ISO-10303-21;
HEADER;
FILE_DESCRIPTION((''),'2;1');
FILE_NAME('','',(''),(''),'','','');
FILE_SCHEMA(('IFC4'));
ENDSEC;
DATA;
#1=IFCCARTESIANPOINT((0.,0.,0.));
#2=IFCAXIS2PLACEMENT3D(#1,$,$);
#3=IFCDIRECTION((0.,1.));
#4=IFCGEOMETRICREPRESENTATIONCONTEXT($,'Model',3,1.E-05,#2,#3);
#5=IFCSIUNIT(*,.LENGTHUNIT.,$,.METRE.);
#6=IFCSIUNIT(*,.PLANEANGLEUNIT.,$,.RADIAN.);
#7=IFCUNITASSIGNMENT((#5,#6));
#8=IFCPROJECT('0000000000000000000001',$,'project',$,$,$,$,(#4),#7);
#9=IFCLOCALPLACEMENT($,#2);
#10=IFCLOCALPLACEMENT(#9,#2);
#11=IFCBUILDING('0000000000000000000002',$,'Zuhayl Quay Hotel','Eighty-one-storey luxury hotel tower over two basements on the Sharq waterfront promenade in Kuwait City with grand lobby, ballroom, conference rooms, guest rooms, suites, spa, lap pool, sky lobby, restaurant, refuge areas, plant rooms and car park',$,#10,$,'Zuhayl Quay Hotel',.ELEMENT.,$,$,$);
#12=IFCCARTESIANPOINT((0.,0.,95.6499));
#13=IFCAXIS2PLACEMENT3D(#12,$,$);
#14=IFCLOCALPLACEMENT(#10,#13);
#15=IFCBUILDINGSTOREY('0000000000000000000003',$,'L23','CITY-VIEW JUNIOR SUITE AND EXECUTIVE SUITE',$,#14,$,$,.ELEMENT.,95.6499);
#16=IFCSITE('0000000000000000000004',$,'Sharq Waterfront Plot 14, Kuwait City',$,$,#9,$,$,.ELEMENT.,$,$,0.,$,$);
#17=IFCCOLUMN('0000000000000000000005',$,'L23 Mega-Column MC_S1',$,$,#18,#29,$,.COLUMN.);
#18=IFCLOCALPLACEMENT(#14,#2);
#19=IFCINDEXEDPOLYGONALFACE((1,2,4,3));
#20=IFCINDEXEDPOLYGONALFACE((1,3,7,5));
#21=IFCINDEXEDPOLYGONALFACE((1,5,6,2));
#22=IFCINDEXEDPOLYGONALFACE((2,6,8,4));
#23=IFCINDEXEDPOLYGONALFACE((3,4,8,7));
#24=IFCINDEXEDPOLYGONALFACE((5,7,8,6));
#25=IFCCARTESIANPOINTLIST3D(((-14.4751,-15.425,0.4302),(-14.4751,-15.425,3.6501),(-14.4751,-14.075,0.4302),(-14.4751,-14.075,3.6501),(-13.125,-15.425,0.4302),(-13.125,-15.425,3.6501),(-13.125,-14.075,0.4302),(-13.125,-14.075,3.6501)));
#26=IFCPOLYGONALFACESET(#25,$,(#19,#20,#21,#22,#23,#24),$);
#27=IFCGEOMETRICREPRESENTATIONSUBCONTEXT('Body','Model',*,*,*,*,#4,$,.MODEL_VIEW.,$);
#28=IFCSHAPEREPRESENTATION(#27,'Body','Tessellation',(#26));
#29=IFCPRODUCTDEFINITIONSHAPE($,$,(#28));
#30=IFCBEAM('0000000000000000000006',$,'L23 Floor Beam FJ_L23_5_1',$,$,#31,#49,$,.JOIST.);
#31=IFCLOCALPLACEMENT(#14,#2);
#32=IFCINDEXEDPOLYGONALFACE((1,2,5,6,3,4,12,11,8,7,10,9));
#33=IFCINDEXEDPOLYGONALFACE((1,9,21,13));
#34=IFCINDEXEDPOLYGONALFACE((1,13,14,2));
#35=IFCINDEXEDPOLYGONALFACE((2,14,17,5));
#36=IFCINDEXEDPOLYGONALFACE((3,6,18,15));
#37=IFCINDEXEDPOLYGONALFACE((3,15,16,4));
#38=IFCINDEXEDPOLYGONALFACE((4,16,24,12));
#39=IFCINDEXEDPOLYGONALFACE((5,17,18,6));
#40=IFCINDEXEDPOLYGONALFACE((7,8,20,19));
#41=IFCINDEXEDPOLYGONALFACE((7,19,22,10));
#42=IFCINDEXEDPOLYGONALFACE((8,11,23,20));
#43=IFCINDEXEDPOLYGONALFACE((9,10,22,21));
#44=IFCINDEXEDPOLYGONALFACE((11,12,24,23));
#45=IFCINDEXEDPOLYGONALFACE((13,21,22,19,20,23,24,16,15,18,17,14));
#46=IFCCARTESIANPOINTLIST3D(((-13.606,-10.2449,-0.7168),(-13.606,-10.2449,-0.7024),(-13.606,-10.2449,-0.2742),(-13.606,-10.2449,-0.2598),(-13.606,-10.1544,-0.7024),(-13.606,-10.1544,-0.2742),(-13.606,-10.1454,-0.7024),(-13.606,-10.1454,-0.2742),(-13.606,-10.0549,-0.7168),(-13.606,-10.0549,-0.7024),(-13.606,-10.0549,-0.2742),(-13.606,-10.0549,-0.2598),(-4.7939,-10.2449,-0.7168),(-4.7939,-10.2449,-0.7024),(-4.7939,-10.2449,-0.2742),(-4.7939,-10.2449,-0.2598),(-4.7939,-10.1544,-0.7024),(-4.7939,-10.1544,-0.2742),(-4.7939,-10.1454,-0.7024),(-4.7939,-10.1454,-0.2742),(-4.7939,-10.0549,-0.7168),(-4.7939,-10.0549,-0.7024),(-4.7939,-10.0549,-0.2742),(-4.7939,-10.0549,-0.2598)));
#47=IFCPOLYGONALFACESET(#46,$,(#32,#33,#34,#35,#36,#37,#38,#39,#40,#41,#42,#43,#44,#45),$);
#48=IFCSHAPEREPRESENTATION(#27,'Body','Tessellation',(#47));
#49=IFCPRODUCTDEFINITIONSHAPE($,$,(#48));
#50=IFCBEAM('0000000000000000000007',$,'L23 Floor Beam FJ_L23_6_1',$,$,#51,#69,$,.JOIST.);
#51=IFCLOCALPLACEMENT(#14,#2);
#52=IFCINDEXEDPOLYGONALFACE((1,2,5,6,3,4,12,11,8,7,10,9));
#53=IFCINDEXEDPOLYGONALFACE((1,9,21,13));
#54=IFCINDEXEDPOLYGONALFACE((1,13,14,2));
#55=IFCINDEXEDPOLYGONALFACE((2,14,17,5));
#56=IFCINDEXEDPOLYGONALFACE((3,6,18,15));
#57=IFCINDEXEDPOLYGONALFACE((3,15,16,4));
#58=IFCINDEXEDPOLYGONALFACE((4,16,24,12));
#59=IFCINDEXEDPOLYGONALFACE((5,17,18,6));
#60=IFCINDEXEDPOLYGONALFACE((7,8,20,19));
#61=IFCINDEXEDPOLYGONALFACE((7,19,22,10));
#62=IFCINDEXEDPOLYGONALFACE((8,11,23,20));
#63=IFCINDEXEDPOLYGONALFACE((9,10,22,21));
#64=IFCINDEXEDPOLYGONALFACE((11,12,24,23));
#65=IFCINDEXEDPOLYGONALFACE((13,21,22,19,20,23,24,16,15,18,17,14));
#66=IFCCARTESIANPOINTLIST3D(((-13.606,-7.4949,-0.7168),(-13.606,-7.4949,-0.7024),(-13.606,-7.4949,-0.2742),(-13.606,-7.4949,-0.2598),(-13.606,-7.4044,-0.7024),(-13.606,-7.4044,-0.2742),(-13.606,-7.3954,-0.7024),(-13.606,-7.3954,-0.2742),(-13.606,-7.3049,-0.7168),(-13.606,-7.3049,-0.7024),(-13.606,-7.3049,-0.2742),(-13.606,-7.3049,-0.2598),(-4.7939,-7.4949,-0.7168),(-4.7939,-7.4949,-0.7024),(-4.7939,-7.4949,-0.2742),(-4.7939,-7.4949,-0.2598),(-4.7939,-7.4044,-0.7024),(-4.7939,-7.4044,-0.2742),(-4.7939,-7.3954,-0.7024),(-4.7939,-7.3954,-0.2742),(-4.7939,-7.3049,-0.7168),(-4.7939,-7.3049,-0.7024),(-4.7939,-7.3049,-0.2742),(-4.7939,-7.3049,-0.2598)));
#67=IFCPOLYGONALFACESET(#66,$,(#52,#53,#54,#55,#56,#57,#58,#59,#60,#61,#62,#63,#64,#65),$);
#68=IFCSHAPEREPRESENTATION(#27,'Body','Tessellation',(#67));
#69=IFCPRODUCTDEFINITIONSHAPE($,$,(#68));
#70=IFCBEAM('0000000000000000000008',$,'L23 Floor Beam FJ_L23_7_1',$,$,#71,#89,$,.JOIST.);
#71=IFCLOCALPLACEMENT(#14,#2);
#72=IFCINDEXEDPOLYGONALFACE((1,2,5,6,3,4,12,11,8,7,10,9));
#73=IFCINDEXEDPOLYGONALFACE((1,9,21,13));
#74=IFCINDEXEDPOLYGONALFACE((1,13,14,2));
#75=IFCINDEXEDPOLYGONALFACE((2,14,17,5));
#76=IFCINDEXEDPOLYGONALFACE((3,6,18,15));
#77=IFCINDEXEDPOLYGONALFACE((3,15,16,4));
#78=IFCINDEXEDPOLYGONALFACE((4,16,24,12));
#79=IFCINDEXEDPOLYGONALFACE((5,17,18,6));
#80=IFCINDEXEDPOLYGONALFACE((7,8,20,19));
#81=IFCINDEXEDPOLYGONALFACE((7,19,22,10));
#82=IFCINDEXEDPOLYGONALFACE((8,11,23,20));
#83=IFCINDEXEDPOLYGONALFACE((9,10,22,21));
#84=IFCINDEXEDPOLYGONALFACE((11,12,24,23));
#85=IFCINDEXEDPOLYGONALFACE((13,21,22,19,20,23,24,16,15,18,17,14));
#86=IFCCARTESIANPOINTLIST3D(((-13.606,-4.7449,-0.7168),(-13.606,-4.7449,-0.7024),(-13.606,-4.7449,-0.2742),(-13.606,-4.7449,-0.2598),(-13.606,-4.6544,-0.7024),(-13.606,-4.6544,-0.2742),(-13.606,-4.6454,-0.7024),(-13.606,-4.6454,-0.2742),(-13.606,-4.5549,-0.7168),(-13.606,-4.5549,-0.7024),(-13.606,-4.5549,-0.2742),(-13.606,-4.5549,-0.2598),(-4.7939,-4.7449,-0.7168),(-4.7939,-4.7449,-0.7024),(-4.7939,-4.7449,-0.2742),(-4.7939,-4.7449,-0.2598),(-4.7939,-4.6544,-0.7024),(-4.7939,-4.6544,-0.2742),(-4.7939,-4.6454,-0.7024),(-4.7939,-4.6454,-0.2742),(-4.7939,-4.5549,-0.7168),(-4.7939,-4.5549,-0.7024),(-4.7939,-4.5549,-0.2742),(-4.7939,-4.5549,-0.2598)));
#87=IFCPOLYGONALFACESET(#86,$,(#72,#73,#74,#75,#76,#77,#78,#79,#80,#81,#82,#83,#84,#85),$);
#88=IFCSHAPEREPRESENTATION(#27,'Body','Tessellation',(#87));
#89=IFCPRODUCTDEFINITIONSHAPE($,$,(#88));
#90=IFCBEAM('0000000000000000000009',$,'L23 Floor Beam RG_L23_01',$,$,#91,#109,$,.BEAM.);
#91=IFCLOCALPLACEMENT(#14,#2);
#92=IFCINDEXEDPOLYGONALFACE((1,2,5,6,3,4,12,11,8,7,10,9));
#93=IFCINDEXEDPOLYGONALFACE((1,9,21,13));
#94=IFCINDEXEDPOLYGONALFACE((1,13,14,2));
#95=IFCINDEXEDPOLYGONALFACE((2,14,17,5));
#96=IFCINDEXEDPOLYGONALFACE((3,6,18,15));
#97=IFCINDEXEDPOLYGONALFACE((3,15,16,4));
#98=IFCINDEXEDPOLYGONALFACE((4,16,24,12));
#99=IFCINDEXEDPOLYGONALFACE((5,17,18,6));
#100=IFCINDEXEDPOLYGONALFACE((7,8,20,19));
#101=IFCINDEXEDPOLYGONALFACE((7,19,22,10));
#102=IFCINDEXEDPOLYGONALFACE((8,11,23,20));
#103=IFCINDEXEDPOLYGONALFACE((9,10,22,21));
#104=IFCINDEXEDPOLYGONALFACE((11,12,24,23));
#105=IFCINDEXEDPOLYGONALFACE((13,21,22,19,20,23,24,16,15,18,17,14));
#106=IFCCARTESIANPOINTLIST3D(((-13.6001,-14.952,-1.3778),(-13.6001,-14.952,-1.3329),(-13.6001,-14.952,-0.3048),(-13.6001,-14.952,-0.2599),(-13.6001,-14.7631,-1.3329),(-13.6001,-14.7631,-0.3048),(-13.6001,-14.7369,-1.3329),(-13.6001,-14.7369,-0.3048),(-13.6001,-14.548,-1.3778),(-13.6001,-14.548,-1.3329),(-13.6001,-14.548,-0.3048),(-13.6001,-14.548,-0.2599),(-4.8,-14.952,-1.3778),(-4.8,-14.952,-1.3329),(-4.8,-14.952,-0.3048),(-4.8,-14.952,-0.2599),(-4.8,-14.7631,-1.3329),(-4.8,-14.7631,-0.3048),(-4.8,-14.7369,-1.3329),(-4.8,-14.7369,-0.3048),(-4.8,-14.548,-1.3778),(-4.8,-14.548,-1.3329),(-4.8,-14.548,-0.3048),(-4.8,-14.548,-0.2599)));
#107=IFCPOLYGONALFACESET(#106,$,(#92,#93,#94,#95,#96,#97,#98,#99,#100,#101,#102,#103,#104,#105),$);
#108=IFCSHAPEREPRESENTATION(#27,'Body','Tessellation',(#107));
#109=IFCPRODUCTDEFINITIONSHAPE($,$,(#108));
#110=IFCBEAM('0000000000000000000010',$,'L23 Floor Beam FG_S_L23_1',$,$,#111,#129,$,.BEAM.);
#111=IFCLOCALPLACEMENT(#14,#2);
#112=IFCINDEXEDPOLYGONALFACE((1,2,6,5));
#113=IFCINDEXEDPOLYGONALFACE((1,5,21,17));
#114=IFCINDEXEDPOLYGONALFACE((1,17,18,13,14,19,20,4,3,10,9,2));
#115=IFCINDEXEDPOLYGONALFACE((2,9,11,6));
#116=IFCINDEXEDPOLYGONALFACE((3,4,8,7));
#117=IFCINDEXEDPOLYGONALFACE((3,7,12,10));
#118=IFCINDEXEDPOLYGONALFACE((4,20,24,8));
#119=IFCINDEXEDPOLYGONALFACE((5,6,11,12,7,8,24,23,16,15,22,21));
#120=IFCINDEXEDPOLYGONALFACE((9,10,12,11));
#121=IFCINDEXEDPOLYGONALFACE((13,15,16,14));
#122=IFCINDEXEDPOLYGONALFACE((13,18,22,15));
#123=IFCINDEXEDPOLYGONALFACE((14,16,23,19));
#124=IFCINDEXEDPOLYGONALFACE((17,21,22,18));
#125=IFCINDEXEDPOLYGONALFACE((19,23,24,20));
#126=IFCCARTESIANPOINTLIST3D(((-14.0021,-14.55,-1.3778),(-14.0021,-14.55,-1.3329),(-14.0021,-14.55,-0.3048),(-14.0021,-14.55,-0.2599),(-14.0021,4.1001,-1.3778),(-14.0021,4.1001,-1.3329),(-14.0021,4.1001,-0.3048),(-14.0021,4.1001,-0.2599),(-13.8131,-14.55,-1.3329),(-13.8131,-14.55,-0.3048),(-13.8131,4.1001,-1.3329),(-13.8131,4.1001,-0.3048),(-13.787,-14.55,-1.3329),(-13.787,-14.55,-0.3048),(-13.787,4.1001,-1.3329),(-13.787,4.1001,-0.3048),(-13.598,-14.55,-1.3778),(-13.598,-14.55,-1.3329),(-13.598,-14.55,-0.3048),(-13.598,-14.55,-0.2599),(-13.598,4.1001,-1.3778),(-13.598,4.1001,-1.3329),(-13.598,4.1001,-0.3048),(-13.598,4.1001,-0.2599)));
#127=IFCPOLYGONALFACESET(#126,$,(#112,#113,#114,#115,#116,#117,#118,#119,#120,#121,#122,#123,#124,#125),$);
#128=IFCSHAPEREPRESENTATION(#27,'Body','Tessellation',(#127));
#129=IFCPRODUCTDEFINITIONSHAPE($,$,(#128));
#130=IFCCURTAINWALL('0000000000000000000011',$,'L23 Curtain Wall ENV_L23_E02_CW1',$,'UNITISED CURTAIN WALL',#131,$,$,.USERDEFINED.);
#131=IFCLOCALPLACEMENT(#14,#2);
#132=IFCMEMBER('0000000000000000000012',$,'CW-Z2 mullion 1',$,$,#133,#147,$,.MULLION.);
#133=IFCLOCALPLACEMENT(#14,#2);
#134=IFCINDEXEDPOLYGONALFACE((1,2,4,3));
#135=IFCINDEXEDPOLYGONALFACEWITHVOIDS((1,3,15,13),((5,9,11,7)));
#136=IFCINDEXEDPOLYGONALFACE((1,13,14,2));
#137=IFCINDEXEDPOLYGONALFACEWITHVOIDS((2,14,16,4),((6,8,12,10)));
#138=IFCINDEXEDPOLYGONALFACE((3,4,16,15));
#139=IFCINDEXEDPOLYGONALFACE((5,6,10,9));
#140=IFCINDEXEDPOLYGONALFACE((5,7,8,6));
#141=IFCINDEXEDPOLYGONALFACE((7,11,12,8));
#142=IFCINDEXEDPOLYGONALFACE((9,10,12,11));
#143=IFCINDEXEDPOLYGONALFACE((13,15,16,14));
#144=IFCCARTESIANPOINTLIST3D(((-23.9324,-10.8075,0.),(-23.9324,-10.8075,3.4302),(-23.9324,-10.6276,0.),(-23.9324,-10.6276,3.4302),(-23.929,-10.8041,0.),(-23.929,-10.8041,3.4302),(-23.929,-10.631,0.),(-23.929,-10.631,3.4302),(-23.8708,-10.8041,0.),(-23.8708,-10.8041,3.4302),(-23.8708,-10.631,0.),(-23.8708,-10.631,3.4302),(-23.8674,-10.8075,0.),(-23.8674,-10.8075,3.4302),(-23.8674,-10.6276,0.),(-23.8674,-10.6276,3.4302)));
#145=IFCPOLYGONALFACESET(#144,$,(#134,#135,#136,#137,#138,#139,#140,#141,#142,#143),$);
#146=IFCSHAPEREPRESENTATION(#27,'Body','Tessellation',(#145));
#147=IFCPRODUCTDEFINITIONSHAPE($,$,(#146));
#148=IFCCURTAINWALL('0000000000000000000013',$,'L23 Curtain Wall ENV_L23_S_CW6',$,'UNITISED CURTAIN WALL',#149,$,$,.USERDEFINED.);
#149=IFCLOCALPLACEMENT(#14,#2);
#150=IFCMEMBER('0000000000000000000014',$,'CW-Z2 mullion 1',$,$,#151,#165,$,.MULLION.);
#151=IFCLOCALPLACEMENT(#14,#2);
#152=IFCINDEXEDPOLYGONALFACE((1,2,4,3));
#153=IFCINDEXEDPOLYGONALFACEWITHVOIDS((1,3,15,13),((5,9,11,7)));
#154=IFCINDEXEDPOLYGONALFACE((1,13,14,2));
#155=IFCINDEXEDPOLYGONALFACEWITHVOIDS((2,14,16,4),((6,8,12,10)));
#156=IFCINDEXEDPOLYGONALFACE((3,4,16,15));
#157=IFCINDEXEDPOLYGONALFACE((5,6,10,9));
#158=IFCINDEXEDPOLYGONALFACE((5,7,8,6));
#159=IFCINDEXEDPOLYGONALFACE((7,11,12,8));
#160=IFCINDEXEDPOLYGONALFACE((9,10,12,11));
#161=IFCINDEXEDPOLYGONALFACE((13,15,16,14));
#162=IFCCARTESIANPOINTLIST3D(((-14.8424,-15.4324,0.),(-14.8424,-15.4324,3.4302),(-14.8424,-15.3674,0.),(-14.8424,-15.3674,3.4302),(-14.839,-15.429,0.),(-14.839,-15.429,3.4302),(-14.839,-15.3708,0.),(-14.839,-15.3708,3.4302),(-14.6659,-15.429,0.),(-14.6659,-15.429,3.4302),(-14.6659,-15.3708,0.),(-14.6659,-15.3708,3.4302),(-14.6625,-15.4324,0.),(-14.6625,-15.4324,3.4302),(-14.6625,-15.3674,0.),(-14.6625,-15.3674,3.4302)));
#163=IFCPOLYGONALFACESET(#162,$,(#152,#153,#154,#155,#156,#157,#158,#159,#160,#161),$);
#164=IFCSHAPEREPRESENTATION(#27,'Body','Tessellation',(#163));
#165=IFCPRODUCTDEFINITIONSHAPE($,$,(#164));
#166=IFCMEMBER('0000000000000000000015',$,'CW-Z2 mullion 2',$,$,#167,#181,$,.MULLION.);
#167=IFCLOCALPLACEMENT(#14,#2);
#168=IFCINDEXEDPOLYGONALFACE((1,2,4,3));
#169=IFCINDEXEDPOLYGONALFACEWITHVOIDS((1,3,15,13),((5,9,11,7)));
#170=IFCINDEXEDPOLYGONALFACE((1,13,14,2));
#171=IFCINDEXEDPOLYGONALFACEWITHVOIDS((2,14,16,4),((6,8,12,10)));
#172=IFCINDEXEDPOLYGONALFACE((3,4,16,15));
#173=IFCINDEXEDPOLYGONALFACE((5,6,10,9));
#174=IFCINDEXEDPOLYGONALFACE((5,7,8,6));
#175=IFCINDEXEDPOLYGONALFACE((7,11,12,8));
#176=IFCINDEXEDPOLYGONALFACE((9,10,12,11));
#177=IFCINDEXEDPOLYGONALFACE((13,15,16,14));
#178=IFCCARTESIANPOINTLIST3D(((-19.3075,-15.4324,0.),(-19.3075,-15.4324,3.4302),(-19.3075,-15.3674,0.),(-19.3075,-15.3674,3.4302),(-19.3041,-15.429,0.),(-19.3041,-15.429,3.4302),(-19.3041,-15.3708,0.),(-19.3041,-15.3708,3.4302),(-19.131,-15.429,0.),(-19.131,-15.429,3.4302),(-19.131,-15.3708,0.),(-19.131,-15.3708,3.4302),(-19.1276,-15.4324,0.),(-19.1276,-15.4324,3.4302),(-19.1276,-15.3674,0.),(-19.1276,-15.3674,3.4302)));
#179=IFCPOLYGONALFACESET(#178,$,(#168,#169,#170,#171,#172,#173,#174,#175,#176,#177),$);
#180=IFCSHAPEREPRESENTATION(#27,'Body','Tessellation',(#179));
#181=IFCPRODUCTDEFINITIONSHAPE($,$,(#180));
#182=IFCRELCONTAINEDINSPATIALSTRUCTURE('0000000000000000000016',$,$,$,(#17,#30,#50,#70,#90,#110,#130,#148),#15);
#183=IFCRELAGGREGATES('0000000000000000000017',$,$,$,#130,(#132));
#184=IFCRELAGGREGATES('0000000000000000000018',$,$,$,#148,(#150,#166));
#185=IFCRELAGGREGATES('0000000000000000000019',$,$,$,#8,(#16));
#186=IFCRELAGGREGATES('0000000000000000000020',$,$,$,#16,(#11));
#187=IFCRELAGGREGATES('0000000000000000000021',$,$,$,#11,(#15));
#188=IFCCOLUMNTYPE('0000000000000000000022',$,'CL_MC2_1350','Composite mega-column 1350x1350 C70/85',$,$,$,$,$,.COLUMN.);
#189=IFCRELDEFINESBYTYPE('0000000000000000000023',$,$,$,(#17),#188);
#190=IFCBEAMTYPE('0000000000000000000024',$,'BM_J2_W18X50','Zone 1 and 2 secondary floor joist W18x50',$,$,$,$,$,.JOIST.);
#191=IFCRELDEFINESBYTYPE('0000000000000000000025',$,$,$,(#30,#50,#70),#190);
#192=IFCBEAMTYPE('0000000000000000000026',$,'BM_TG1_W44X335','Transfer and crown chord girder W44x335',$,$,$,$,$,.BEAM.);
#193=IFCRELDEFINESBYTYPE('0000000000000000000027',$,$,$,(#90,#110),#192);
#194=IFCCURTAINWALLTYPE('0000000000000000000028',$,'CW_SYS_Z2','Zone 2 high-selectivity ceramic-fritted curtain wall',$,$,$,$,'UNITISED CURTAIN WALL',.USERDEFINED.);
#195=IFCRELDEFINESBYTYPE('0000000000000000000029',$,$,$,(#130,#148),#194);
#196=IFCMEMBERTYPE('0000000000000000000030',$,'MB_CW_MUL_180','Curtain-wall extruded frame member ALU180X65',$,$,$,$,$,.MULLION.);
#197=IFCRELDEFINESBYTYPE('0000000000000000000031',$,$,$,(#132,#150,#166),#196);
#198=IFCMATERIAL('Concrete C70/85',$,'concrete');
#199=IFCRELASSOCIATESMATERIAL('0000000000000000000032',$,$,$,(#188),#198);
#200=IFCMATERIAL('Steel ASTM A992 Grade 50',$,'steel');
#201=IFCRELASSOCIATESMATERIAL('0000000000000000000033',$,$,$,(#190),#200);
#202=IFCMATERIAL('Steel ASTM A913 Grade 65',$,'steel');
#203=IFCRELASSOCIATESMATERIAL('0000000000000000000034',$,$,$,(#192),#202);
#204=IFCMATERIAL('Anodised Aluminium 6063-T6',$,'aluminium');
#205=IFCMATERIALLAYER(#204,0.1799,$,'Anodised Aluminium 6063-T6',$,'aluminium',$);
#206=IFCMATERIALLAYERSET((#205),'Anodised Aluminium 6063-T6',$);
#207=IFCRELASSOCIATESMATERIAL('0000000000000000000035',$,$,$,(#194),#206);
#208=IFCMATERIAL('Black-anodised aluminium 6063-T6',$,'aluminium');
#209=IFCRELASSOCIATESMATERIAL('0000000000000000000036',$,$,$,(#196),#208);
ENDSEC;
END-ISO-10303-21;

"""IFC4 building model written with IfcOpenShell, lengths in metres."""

from ifc_helpers import new_model, si_unit, direction, frame, origin, origin_2d, place, context, subcontext, project, spatial, rectangle, hollow_rectangle, i_section, extrude, material, layer, layer_set, material_profile, profile_set, type_object, element, aggregate, save


model = new_model("IFC4")

# Units and contexts
model_context = context("Model", 3, precision=1e-05, world=origin(), true_north=direction((0.0, 1.0)))
body_context = subcontext(model_context, "Body", "Model", "MODEL_VIEW")
ifc_project = project(units=[si_unit("LENGTHUNIT", "METRE"), si_unit("PLANEANGLEUNIT", "RADIAN")], contexts=[model_context])

# Site, building, storey
site_placement = place(None, origin())
site = spatial("IfcSite", under=ifc_project, at=site_placement, Name="Sharq Waterfront Plot 14, Kuwait City", CompositionType="ELEMENT", RefElevation=0.0)
building_placement = place(site_placement, origin())
building = spatial("IfcBuilding", under=site, at=building_placement, Name="Zuhayl Quay Hotel", Description="Eighty-one-storey luxury hotel tower over two basements on the Sharq waterfront promenade in Kuwait City with grand lobby, ballroom, conference rooms, guest rooms, suites, spa, lap pool, sky lobby, restaurant, refuge areas, plant rooms and car park", LongName="Zuhayl Quay Hotel", CompositionType="ELEMENT")
storey_placement = place(building_placement, frame((0.0, 0.0, 95.6499)))
storey = spatial("IfcBuildingStorey", under=building, at=storey_placement, Name="L23", Description="CITY-VIEW JUNIOR SUITE AND EXECUTIVE SUITE", CompositionType="ELEMENT", Elevation=95.6499)

# Column
ifc_material_1 = material(Name="Concrete C70/85", Category="concrete")
ifc_material_profile_1 = material_profile(ifc_material_1, rectangle(XDim=1.3501, YDim=1.3501, at=origin_2d()), Name="RC1350X1350")
ifc_profile_set_1 = profile_set([ifc_material_profile_1], Name="Concrete C70/85")
column_type = type_object("IfcColumnType", Name="CL_MC2_1350", Description="Composite mega-column 1350x1350 C70/85", PredefinedType="COLUMN", material=ifc_profile_set_1)
column_placement = place(storey_placement, frame((-13.8, -14.75, 0.4302), z_axis=(0.0, 0.0, 1.0), x_axis=(1.0, 0.0, 0.0)))
element("IfcColumn", 1, at=column_placement, inside=storey, type_object=column_type, Name="L23 Mega-Column MC_S1", PredefinedType="COLUMN", context=body_context, shape_type="SweptSolid", body=[
    extrude(rectangle(XDim=1.3501, YDim=1.3501, at=origin_2d()), origin(), (0.0, 0.0, 1.0), 3.22),
])

# Beams
ifc_material_2 = material(Name="Steel ASTM A992 Grade 50", Category="steel")
ifc_material_profile_2 = material_profile(ifc_material_2, i_section(OverallWidth=0.1899, OverallDepth=0.457, WebThickness=0.009, FlangeThickness=0.0144, at=origin_2d()), Name="W18X50")
ifc_profile_set_2 = profile_set([ifc_material_profile_2], Name="Steel ASTM A992 Grade 50")
beam_type_1 = type_object("IfcBeamType", Name="BM_J2_W18X50", Description="Zone 1 and 2 secondary floor joist W18x50", PredefinedType="JOIST", material=ifc_profile_set_2)
for number, where, z_axis, x_axis, name in (
    (2, (-13.606, -10.1499, -0.4883), (1.0, 0.0, 0.0), (0.0, 1.0, 0.0), "L23 Floor Beam FJ_L23_5_1"),
    (3, (-13.606, -7.3999, -0.4883), (1.0, 0.0, 0.0), (0.0, 1.0, 0.0), "L23 Floor Beam FJ_L23_6_1"),
    (4, (-13.606, -4.6499, -0.4883), (1.0, 0.0, 0.0), (0.0, 1.0, 0.0), "L23 Floor Beam FJ_L23_7_1"),
):
    element("IfcBeam", number, at=place(storey_placement, frame(where, z_axis=z_axis, x_axis=x_axis)), inside=storey, type_object=beam_type_1, Name=name, PredefinedType="JOIST", context=body_context, shape_type="SweptSolid", body=[
        extrude(i_section(OverallWidth=0.1899, OverallDepth=0.457, WebThickness=0.009, FlangeThickness=0.0144, at=origin_2d()), origin(), (0.0, 0.0, 1.0), 8.812),
    ])
ifc_material_3 = material(Name="Steel ASTM A913 Grade 65", Category="steel")
ifc_material_profile_3 = material_profile(ifc_material_3, i_section(OverallWidth=0.4041, OverallDepth=1.1179, WebThickness=0.0261, FlangeThickness=0.0449, at=origin_2d()), Name="W44X335")
ifc_profile_set_3 = profile_set([ifc_material_profile_3], Name="Steel ASTM A913 Grade 65")
beam_type_2 = type_object("IfcBeamType", Name="BM_TG1_W44X335", Description="Transfer and crown chord girder W44x335", PredefinedType="BEAM", material=ifc_profile_set_3)
beam_1_placement = place(storey_placement, frame((-13.6001, -14.75, -0.8188), z_axis=(1.0, 0.0, 0.0), x_axis=(0.0, 1.0, 0.0)))
element("IfcBeam", 5, at=beam_1_placement, inside=storey, type_object=beam_type_2, Name="L23 Floor Beam RG_L23_01", PredefinedType="BEAM", context=body_context, shape_type="SweptSolid", body=[
    extrude(i_section(OverallWidth=0.4041, OverallDepth=1.1179, WebThickness=0.0261, FlangeThickness=0.0449, at=origin_2d()), origin(), (0.0, 0.0, 1.0), 8.8),
])
beam_2_placement = place(storey_placement, frame((-13.8, -14.55, -0.8188), z_axis=(0.0, 1.0, 0.0), x_axis=(-1.0, 0.0, 0.0)))
element("IfcBeam", 6, at=beam_2_placement, inside=storey, type_object=beam_type_2, Name="L23 Floor Beam FG_S_L23_1", PredefinedType="BEAM", context=body_context, shape_type="SweptSolid", body=[
    extrude(i_section(OverallWidth=0.4041, OverallDepth=1.1179, WebThickness=0.0261, FlangeThickness=0.0449, at=origin_2d()), origin(), (0.0, 0.0, 1.0), 18.6501),
])

# Curtain wall, member
ifc_material_4 = material(Name="Anodised Aluminium 6063-T6", Category="aluminium")
ifc_layer_1 = layer(ifc_material_4, 0.1799, Name="Anodised Aluminium 6063-T6", Category="aluminium")
ifc_layer_set_1 = layer_set([ifc_layer_1], Name="Anodised Aluminium 6063-T6")
curtain_wall_type = type_object("IfcCurtainWallType", Name="CW_SYS_Z2", Description="Zone 2 high-selectivity ceramic-fritted curtain wall", ElementType="UNITISED CURTAIN WALL", PredefinedType="USERDEFINED", material=ifc_layer_set_1)
curtain_wall_1_placement = place(storey_placement, origin())
curtain_wall_1 = element("IfcCurtainWall", 7, at=curtain_wall_1_placement, inside=storey, type_object=curtain_wall_type, Name="L23 Curtain Wall ENV_L23_E02_CW1", ObjectType="UNITISED CURTAIN WALL", PredefinedType="USERDEFINED")
ifc_material_5 = material(Name="Black-anodised aluminium 6063-T6", Category="aluminium")
ifc_material_profile_4 = material_profile(ifc_material_5, hollow_rectangle(XDim=0.0649, YDim=0.1799, WallThickness=0.0034, at=origin_2d()), Name="ALU180X65")
ifc_profile_set_4 = profile_set([ifc_material_profile_4], Name="Black-anodised aluminium 6063-T6")
member_type_1 = type_object("IfcMemberType", Name="MB_CW_MUL_180", Description="Curtain-wall extruded frame member ALU180X65", PredefinedType="MULLION", material=ifc_profile_set_4)
member_1_placement = place(storey_placement, frame((-23.8999, -10.7175, 0.0), z_axis=(0.0, 0.0, 1.0), x_axis=(-1.0, 0.0, 0.0)))
member_1 = element("IfcMember", 8, at=member_1_placement, type_object=member_type_1, Name="CW-Z2 mullion 1", PredefinedType="MULLION", context=body_context, shape_type="SweptSolid", body=[
    extrude(hollow_rectangle(XDim=0.0649, YDim=0.1799, WallThickness=0.0034, at=origin_2d()), origin(), (0.0, 0.0, 1.0), 3.4302),
])

# Curtain wall, members
curtain_wall_2_placement = place(storey_placement, origin())
curtain_wall_2 = element("IfcCurtainWall", 9, at=curtain_wall_2_placement, inside=storey, type_object=curtain_wall_type, Name="L23 Curtain Wall ENV_L23_S_CW6", ObjectType="UNITISED CURTAIN WALL", PredefinedType="USERDEFINED")
member_2_placement = place(storey_placement, frame((-14.7524, -15.3999, 0.0), z_axis=(0.0, 0.0, 1.0), x_axis=(0.0, -1.0, 0.0)))
member_2 = element("IfcMember", 10, at=member_2_placement, type_object=member_type_1, Name="CW-Z2 mullion 1", PredefinedType="MULLION", context=body_context, shape_type="SweptSolid", body=[
    extrude(hollow_rectangle(XDim=0.0649, YDim=0.1799, WallThickness=0.0034, at=origin_2d()), origin(), (0.0, 0.0, 1.0), 3.4302),
])
member_3_placement = place(storey_placement, frame((-19.2175, -15.3999, 0.0), z_axis=(0.0, 0.0, 1.0), x_axis=(0.0, -1.0, 0.0)))
member_3 = element("IfcMember", 11, at=member_3_placement, type_object=member_type_1, Name="CW-Z2 mullion 2", PredefinedType="MULLION", context=body_context, shape_type="SweptSolid", body=[
    extrude(hollow_rectangle(XDim=0.0649, YDim=0.1799, WallThickness=0.0034, at=origin_2d()), origin(), (0.0, 0.0, 1.0), 3.4302),
])

aggregate(curtain_wall_1, [member_1])
aggregate(curtain_wall_2, [member_2, member_3])

save(model, "model.ifc")
